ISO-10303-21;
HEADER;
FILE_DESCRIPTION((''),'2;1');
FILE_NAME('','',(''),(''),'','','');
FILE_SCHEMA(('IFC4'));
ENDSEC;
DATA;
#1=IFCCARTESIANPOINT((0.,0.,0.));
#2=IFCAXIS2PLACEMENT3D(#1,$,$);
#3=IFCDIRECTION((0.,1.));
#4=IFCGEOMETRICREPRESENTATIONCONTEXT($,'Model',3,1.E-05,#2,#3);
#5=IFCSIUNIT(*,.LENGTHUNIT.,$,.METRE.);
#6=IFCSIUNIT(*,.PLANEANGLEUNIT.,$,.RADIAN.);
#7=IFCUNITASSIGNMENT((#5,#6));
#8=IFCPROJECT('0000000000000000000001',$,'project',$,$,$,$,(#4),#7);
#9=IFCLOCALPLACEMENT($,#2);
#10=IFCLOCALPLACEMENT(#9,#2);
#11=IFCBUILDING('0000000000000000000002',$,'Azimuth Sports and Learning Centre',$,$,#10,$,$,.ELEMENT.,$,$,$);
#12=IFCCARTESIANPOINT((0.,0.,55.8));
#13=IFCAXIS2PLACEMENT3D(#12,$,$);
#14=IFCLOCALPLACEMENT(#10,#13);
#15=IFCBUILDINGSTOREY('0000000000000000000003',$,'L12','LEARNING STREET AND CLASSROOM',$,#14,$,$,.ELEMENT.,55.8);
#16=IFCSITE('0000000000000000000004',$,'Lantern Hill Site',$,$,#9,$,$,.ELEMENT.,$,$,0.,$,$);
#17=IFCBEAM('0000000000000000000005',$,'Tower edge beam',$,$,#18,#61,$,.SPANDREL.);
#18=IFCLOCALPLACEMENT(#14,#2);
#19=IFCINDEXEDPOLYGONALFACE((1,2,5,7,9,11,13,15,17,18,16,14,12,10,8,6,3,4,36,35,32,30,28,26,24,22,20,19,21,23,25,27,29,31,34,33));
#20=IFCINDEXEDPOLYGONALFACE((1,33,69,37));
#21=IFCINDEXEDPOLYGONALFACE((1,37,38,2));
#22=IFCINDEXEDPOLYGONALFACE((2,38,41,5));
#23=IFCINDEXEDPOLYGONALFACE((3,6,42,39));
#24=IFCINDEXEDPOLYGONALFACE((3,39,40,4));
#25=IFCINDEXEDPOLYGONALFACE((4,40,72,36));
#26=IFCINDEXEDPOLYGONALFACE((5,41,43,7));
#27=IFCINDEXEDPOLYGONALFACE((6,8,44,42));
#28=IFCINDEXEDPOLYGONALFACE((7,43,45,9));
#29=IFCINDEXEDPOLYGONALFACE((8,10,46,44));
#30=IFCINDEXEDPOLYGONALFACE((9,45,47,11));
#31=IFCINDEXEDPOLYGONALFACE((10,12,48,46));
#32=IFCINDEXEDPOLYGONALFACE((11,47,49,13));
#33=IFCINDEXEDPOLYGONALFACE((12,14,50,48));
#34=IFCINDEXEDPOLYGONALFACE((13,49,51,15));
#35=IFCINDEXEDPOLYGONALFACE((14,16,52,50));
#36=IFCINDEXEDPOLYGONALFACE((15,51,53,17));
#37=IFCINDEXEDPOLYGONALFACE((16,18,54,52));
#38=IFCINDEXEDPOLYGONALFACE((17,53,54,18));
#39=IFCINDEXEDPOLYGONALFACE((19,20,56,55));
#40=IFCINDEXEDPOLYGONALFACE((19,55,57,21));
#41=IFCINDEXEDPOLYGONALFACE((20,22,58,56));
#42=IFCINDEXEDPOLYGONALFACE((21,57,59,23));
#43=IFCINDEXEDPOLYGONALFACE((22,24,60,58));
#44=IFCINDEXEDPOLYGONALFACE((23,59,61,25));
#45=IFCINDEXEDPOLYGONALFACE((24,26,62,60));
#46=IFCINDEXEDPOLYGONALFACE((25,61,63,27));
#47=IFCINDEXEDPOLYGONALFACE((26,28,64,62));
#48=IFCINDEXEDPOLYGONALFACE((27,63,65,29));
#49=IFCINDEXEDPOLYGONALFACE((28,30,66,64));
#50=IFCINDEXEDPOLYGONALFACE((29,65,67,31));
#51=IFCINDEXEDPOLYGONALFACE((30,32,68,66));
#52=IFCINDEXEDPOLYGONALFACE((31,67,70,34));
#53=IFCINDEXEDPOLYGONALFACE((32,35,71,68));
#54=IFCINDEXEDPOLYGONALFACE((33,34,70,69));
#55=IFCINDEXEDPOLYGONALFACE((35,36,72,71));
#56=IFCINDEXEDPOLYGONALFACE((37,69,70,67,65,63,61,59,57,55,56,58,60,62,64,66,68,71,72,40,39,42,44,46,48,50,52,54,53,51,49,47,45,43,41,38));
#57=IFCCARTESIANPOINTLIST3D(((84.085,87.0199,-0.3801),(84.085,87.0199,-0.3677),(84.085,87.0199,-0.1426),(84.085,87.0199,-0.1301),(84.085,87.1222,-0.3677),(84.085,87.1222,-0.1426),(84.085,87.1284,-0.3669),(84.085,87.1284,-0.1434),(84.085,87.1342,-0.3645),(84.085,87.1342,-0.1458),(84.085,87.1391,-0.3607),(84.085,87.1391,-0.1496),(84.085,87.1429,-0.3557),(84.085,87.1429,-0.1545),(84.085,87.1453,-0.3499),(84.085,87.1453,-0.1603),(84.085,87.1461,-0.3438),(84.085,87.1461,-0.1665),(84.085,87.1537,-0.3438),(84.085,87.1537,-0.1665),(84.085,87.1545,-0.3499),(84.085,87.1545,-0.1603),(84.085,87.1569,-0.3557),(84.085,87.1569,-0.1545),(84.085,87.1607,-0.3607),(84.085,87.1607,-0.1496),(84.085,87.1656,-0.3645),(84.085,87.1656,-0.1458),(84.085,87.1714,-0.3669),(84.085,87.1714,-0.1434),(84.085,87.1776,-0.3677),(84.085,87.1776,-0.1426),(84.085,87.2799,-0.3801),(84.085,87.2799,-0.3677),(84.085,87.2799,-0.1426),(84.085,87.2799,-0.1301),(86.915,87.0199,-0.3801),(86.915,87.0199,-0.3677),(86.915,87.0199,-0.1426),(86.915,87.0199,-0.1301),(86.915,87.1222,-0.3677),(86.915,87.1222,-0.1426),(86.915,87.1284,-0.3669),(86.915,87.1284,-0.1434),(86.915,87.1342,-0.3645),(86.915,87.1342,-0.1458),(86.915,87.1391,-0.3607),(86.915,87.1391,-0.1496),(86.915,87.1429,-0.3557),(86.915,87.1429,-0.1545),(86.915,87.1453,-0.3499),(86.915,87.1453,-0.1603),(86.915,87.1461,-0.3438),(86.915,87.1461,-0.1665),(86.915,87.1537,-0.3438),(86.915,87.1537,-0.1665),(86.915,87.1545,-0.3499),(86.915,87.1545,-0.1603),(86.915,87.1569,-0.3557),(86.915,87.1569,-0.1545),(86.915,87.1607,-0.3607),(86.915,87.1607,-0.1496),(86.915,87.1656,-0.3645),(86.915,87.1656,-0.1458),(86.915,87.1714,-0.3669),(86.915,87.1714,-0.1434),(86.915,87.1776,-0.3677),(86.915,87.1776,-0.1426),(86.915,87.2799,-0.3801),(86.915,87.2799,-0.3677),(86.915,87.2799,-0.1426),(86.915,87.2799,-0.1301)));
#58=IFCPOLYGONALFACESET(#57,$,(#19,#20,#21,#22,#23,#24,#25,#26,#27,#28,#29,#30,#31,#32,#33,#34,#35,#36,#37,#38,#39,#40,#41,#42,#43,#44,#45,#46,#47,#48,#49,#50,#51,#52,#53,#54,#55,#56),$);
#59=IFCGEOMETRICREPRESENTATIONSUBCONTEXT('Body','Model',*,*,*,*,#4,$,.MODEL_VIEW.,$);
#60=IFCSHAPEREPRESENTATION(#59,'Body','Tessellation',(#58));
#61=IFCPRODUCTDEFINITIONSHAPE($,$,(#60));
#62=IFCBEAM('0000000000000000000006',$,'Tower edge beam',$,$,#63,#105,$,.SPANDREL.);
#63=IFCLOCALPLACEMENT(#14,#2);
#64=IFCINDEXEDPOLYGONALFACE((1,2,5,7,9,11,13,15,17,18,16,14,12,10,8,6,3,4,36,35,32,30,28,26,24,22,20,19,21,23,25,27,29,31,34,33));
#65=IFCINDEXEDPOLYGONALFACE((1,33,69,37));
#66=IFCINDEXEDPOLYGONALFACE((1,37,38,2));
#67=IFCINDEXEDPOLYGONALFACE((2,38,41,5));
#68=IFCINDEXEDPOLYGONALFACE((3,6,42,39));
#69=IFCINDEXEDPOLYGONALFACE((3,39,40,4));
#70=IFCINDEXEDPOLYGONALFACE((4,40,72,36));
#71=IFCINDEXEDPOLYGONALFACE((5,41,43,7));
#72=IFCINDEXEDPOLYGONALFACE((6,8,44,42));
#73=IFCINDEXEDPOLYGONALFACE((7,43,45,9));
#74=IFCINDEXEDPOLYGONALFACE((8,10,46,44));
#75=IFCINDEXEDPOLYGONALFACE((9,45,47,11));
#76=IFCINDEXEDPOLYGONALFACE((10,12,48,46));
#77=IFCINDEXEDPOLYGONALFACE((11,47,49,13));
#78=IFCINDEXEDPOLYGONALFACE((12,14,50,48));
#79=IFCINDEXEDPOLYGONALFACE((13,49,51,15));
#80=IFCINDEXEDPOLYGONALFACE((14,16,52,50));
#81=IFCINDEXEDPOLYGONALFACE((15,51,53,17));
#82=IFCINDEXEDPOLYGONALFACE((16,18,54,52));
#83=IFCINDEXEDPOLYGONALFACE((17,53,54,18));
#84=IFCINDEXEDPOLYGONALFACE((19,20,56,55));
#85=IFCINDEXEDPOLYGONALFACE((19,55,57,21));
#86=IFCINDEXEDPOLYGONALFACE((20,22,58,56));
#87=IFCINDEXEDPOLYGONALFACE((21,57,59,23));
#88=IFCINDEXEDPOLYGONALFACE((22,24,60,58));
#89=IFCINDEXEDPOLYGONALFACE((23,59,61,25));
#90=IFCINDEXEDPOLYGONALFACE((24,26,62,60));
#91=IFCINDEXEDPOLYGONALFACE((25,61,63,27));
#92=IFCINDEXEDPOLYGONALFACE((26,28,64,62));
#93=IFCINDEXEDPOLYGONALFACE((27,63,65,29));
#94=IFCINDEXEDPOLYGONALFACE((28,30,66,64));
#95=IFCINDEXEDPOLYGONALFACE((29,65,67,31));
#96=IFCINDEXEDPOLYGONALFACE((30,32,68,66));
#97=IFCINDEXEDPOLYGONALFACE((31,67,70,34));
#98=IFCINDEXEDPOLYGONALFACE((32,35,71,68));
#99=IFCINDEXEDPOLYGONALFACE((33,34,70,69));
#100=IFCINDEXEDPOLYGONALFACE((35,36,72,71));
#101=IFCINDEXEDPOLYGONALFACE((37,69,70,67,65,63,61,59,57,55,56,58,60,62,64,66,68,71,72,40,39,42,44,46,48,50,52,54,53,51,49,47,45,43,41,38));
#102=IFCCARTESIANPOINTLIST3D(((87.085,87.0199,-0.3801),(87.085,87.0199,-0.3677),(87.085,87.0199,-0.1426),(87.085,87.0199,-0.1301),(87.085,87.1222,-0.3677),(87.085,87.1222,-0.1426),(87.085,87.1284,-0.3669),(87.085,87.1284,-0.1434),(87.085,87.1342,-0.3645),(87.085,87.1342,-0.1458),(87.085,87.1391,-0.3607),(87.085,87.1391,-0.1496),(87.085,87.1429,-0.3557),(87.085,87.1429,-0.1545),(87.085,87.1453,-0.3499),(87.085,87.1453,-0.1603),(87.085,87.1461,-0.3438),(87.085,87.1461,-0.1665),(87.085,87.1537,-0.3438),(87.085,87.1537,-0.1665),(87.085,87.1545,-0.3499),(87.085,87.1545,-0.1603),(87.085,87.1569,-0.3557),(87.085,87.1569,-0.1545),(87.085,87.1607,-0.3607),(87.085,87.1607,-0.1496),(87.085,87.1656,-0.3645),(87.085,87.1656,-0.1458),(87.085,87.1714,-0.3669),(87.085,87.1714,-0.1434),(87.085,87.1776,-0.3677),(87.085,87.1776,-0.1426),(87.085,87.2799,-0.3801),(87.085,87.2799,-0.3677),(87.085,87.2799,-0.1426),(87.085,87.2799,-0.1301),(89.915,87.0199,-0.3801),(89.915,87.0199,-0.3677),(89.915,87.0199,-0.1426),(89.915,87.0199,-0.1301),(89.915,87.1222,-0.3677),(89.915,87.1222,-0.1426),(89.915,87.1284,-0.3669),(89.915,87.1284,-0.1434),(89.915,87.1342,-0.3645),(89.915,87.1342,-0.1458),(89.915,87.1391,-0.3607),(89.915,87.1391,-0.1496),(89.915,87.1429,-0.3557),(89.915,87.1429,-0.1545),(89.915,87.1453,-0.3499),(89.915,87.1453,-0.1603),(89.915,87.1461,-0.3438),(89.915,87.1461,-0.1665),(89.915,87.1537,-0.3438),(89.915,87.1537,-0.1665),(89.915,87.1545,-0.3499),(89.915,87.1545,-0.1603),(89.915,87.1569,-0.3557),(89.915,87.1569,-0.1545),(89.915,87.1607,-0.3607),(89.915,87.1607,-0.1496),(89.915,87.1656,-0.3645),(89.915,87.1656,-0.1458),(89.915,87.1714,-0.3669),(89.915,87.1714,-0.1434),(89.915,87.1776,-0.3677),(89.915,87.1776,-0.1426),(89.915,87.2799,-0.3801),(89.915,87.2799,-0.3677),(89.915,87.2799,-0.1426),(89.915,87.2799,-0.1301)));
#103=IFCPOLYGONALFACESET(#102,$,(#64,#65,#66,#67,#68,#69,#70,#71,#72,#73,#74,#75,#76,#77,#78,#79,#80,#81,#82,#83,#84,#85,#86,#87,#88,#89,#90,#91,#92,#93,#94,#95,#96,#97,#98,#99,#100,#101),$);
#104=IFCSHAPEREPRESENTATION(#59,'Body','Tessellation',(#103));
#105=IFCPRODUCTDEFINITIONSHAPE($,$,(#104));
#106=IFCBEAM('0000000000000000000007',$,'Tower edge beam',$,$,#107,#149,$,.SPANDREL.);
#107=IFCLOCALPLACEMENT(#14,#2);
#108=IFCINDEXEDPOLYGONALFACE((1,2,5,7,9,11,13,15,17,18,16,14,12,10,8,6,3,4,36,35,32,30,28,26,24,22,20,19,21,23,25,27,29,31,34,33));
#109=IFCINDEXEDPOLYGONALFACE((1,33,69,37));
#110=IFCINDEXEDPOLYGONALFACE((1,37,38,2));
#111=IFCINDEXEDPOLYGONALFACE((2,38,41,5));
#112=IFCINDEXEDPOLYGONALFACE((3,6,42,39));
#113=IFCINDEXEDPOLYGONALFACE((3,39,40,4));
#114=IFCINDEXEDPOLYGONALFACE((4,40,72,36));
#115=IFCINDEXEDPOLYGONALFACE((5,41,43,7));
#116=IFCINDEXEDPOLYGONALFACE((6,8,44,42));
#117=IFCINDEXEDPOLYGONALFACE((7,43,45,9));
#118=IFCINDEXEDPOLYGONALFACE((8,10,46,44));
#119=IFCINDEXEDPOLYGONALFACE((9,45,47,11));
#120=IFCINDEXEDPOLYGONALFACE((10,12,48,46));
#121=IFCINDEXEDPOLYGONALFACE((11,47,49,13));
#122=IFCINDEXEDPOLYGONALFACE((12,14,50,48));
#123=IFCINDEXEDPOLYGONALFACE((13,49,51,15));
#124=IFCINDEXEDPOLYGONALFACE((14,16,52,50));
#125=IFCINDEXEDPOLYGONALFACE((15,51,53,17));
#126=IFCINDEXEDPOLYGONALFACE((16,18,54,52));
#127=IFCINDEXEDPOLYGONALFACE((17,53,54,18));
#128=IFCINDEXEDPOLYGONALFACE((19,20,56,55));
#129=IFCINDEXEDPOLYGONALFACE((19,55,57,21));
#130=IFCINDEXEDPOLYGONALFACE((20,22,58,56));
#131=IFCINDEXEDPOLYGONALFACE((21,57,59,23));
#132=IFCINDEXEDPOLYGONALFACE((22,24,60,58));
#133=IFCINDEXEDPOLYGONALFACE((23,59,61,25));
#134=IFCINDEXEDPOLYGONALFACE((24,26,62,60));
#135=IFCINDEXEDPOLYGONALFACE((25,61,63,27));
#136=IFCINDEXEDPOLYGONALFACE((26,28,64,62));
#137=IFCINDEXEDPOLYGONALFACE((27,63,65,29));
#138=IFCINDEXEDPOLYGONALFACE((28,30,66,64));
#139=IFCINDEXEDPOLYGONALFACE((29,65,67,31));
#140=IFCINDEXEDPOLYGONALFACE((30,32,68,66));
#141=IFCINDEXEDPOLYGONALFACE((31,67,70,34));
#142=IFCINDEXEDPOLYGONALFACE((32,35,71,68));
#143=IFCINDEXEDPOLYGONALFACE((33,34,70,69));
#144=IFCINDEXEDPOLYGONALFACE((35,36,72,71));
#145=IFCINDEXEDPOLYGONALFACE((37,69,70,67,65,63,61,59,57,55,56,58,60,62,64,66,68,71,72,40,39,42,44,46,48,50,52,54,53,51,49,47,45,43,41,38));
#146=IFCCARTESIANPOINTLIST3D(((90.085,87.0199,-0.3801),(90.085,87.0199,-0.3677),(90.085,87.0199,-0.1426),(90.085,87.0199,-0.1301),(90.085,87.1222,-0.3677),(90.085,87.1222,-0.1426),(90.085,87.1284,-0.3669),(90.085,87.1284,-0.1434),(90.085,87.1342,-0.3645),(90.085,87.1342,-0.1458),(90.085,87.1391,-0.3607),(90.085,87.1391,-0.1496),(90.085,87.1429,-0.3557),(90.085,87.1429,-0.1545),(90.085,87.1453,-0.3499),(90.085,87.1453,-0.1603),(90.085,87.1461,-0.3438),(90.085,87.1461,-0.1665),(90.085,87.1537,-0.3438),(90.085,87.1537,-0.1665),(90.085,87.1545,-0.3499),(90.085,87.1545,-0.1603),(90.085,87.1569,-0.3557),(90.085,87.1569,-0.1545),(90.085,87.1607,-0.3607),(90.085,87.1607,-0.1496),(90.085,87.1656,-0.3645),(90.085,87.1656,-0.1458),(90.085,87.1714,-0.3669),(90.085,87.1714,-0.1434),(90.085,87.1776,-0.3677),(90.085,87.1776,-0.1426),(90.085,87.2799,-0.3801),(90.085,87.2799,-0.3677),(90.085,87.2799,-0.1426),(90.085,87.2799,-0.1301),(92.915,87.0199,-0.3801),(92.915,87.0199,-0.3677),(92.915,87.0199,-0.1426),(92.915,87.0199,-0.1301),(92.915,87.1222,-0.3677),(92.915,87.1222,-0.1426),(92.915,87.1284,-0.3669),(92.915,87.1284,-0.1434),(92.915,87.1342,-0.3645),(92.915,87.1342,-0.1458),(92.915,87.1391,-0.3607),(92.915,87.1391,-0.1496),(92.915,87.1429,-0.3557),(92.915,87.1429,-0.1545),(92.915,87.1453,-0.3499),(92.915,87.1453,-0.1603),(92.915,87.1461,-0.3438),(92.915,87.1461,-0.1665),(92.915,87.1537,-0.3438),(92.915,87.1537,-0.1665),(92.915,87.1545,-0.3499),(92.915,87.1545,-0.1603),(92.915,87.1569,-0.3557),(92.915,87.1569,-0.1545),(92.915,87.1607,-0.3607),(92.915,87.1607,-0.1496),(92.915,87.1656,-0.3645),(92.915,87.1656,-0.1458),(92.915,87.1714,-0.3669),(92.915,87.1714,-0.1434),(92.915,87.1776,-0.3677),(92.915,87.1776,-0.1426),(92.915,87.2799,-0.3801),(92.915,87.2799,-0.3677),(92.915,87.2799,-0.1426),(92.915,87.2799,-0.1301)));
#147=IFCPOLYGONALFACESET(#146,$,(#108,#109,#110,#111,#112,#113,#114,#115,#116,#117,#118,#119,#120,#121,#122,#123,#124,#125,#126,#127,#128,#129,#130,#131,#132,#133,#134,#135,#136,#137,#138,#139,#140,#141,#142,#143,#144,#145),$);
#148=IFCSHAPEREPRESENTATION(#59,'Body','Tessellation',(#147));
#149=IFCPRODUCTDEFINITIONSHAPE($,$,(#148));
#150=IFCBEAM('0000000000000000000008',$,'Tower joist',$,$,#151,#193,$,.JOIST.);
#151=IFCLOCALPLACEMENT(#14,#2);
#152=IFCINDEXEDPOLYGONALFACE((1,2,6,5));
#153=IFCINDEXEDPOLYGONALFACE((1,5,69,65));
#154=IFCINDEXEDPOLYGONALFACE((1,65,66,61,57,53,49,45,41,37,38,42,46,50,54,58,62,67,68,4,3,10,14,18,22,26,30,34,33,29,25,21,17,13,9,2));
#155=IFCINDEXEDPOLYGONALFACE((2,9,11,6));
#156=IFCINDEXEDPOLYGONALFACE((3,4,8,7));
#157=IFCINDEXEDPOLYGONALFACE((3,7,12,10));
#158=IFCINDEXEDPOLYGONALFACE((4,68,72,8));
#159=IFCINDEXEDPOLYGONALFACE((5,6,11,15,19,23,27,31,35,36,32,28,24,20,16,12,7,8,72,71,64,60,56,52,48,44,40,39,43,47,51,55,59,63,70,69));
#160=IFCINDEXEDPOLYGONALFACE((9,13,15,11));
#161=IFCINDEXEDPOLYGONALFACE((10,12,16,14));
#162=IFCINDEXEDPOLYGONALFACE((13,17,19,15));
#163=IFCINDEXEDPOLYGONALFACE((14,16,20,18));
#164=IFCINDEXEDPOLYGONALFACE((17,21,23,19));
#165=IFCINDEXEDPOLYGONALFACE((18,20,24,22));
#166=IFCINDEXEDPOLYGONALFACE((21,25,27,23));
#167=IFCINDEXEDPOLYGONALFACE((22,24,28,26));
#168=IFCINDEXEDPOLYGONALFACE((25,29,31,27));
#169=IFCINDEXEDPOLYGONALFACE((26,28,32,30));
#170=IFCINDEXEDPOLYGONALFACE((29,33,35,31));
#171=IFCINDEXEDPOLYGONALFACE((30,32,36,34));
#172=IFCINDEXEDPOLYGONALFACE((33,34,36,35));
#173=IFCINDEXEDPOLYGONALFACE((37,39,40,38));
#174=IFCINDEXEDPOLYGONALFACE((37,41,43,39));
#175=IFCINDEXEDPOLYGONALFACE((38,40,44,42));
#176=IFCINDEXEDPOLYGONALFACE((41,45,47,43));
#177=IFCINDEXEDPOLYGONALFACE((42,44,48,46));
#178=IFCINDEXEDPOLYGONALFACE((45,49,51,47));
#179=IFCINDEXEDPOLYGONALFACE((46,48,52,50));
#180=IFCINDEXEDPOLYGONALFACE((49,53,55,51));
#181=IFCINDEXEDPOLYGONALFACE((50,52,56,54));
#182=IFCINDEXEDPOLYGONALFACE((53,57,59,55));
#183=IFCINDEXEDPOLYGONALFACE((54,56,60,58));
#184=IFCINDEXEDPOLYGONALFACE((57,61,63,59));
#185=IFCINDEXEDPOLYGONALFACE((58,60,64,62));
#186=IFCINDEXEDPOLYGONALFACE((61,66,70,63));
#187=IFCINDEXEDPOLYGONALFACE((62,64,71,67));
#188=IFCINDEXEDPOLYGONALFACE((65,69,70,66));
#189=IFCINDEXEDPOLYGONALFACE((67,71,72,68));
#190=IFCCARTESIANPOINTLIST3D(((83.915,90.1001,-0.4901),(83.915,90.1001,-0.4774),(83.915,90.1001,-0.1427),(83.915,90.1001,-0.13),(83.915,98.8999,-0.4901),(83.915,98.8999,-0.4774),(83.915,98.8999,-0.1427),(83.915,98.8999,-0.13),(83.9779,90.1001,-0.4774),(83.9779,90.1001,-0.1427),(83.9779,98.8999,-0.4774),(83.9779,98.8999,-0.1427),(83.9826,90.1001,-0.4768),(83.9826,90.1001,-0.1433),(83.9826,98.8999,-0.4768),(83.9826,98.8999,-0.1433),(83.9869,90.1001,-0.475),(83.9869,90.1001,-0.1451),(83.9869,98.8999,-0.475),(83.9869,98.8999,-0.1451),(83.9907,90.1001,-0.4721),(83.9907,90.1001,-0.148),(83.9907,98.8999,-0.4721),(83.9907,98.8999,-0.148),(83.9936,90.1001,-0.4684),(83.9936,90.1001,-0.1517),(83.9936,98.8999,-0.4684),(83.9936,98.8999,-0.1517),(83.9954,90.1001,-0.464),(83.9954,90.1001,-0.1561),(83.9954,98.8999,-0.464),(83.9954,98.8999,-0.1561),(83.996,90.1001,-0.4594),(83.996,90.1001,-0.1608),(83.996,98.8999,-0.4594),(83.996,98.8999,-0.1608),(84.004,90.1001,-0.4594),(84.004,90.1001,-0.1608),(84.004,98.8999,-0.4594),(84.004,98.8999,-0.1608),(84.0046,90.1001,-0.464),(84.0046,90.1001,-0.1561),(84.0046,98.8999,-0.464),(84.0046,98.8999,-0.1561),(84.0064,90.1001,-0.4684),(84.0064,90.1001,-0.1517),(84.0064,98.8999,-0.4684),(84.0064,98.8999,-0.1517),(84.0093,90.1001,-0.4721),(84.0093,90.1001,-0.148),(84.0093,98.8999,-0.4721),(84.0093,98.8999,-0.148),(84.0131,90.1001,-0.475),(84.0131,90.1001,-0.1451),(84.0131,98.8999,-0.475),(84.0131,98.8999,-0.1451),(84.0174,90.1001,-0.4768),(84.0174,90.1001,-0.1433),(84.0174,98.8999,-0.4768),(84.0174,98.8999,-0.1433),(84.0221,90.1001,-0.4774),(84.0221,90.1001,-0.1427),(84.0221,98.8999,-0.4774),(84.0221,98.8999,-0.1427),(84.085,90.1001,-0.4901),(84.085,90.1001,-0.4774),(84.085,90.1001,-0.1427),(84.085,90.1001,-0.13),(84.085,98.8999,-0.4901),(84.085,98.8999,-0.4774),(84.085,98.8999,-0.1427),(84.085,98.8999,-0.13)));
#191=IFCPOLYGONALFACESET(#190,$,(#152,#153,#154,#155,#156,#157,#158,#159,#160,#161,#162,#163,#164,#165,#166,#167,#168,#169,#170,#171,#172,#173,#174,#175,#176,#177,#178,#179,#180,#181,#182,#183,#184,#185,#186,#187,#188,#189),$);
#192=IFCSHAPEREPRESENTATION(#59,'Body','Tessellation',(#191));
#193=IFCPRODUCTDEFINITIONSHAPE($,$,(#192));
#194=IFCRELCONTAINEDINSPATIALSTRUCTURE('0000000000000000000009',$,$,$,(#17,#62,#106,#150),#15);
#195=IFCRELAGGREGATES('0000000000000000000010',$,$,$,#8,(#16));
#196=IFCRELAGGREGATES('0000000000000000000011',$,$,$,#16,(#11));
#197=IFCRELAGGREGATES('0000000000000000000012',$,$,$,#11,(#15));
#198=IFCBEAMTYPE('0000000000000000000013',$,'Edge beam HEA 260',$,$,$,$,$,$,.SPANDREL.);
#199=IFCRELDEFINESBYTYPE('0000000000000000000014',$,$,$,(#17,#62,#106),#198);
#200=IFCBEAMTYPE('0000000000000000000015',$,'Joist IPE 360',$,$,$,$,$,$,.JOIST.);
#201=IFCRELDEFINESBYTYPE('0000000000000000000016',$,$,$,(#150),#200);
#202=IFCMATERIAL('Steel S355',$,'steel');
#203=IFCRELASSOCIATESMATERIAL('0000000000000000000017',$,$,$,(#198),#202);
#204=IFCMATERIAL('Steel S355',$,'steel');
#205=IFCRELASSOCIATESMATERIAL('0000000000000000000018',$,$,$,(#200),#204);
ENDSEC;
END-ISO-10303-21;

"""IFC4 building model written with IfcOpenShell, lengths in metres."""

from ifc_helpers import new_model, si_unit, direction, frame, origin, origin_2d, place, context, subcontext, project, spatial, i_section, extrude, material, material_profile, profile_set, type_object, element, save


model = new_model("IFC4")

# Units and contexts
model_context = context("Model", 3, precision=1e-05, world=origin(), true_north=direction((0.0, 1.0)))
body_context = subcontext(model_context, "Body", "Model", "MODEL_VIEW")
ifc_project = project(units=[si_unit("LENGTHUNIT", "METRE"), si_unit("PLANEANGLEUNIT", "RADIAN")], contexts=[model_context])

# Site, building, storey
site_placement = place(None, origin())
site = spatial("IfcSite", under=ifc_project, at=site_placement, Name="Lantern Hill Site", CompositionType="ELEMENT", RefElevation=0.0)
building_placement = place(site_placement, origin())
building = spatial("IfcBuilding", under=site, at=building_placement, Name="Azimuth Sports and Learning Centre", CompositionType="ELEMENT")
storey_placement = place(building_placement, frame((0.0, 0.0, 55.8)))
storey = spatial("IfcBuildingStorey", under=building, at=storey_placement, Name="L12", Description="LEARNING STREET AND CLASSROOM", CompositionType="ELEMENT", Elevation=55.8)

# Beams
ifc_material_1 = material(Name="Steel S355", Category="steel")
ifc_material_profile_1 = material_profile(ifc_material_1, i_section(OverallWidth=0.26, OverallDepth=0.25, WebThickness=0.0076, FlangeThickness=0.0125, FilletRadius=0.0239, at=origin_2d()), Name="HEA 260")
ifc_profile_set_1 = profile_set([ifc_material_profile_1], Name="Steel S355")
beam_type_1 = type_object("IfcBeamType", Name="Edge beam HEA 260", PredefinedType="SPANDREL", material=ifc_profile_set_1)
for number, where, z_axis, x_axis, name in (
    (1, (84.085, 87.1499, -0.2551), (1.0, 0.0, 0.0), (0.0, 1.0, 0.0), "Tower edge beam"),
    (2, (87.085, 87.1499, -0.2551), (1.0, 0.0, 0.0), (0.0, 1.0, 0.0), "Tower edge beam"),
    (3, (90.085, 87.1499, -0.2551), (1.0, 0.0, 0.0), (0.0, 1.0, 0.0), "Tower edge beam"),
):
    element("IfcBeam", number, at=place(storey_placement, frame(where, z_axis=z_axis, x_axis=x_axis)), inside=storey, type_object=beam_type_1, Name=name, PredefinedType="SPANDREL", context=body_context, shape_type="SweptSolid", body=[
        extrude(i_section(OverallWidth=0.26, OverallDepth=0.25, WebThickness=0.0076, FlangeThickness=0.0125, FilletRadius=0.0239, at=origin_2d()), origin(), (0.0, 0.0, 1.0), 2.8301),
    ])
ifc_material_2 = material(Name="Steel S355", Category="steel")
ifc_material_profile_2 = material_profile(ifc_material_2, i_section(OverallWidth=0.1699, OverallDepth=0.3601, WebThickness=0.0081, FlangeThickness=0.0127, FilletRadius=0.0181, at=origin_2d()), Name="IPE 360")
ifc_profile_set_2 = profile_set([ifc_material_profile_2], Name="Steel S355")
beam_type_2 = type_object("IfcBeamType", Name="Joist IPE 360", PredefinedType="JOIST", material=ifc_profile_set_2)
for number, where, z_axis, x_axis, name in (
    (4, (84.0, 90.1001, -0.3101), (0.0, 1.0, 0.0), (-1.0, 0.0, 0.0), "Tower joist"),
):
    element("IfcBeam", number, at=place(storey_placement, frame(where, z_axis=z_axis, x_axis=x_axis)), inside=storey, type_object=beam_type_2, Name=name, PredefinedType="JOIST", context=body_context, shape_type="SweptSolid", body=[
        extrude(i_section(OverallWidth=0.1699, OverallDepth=0.3601, WebThickness=0.0081, FlangeThickness=0.0127, FilletRadius=0.0181, at=origin_2d()), origin(), (0.0, 0.0, 1.0), 8.7998),
    ])

save(model, "model.ifc")
